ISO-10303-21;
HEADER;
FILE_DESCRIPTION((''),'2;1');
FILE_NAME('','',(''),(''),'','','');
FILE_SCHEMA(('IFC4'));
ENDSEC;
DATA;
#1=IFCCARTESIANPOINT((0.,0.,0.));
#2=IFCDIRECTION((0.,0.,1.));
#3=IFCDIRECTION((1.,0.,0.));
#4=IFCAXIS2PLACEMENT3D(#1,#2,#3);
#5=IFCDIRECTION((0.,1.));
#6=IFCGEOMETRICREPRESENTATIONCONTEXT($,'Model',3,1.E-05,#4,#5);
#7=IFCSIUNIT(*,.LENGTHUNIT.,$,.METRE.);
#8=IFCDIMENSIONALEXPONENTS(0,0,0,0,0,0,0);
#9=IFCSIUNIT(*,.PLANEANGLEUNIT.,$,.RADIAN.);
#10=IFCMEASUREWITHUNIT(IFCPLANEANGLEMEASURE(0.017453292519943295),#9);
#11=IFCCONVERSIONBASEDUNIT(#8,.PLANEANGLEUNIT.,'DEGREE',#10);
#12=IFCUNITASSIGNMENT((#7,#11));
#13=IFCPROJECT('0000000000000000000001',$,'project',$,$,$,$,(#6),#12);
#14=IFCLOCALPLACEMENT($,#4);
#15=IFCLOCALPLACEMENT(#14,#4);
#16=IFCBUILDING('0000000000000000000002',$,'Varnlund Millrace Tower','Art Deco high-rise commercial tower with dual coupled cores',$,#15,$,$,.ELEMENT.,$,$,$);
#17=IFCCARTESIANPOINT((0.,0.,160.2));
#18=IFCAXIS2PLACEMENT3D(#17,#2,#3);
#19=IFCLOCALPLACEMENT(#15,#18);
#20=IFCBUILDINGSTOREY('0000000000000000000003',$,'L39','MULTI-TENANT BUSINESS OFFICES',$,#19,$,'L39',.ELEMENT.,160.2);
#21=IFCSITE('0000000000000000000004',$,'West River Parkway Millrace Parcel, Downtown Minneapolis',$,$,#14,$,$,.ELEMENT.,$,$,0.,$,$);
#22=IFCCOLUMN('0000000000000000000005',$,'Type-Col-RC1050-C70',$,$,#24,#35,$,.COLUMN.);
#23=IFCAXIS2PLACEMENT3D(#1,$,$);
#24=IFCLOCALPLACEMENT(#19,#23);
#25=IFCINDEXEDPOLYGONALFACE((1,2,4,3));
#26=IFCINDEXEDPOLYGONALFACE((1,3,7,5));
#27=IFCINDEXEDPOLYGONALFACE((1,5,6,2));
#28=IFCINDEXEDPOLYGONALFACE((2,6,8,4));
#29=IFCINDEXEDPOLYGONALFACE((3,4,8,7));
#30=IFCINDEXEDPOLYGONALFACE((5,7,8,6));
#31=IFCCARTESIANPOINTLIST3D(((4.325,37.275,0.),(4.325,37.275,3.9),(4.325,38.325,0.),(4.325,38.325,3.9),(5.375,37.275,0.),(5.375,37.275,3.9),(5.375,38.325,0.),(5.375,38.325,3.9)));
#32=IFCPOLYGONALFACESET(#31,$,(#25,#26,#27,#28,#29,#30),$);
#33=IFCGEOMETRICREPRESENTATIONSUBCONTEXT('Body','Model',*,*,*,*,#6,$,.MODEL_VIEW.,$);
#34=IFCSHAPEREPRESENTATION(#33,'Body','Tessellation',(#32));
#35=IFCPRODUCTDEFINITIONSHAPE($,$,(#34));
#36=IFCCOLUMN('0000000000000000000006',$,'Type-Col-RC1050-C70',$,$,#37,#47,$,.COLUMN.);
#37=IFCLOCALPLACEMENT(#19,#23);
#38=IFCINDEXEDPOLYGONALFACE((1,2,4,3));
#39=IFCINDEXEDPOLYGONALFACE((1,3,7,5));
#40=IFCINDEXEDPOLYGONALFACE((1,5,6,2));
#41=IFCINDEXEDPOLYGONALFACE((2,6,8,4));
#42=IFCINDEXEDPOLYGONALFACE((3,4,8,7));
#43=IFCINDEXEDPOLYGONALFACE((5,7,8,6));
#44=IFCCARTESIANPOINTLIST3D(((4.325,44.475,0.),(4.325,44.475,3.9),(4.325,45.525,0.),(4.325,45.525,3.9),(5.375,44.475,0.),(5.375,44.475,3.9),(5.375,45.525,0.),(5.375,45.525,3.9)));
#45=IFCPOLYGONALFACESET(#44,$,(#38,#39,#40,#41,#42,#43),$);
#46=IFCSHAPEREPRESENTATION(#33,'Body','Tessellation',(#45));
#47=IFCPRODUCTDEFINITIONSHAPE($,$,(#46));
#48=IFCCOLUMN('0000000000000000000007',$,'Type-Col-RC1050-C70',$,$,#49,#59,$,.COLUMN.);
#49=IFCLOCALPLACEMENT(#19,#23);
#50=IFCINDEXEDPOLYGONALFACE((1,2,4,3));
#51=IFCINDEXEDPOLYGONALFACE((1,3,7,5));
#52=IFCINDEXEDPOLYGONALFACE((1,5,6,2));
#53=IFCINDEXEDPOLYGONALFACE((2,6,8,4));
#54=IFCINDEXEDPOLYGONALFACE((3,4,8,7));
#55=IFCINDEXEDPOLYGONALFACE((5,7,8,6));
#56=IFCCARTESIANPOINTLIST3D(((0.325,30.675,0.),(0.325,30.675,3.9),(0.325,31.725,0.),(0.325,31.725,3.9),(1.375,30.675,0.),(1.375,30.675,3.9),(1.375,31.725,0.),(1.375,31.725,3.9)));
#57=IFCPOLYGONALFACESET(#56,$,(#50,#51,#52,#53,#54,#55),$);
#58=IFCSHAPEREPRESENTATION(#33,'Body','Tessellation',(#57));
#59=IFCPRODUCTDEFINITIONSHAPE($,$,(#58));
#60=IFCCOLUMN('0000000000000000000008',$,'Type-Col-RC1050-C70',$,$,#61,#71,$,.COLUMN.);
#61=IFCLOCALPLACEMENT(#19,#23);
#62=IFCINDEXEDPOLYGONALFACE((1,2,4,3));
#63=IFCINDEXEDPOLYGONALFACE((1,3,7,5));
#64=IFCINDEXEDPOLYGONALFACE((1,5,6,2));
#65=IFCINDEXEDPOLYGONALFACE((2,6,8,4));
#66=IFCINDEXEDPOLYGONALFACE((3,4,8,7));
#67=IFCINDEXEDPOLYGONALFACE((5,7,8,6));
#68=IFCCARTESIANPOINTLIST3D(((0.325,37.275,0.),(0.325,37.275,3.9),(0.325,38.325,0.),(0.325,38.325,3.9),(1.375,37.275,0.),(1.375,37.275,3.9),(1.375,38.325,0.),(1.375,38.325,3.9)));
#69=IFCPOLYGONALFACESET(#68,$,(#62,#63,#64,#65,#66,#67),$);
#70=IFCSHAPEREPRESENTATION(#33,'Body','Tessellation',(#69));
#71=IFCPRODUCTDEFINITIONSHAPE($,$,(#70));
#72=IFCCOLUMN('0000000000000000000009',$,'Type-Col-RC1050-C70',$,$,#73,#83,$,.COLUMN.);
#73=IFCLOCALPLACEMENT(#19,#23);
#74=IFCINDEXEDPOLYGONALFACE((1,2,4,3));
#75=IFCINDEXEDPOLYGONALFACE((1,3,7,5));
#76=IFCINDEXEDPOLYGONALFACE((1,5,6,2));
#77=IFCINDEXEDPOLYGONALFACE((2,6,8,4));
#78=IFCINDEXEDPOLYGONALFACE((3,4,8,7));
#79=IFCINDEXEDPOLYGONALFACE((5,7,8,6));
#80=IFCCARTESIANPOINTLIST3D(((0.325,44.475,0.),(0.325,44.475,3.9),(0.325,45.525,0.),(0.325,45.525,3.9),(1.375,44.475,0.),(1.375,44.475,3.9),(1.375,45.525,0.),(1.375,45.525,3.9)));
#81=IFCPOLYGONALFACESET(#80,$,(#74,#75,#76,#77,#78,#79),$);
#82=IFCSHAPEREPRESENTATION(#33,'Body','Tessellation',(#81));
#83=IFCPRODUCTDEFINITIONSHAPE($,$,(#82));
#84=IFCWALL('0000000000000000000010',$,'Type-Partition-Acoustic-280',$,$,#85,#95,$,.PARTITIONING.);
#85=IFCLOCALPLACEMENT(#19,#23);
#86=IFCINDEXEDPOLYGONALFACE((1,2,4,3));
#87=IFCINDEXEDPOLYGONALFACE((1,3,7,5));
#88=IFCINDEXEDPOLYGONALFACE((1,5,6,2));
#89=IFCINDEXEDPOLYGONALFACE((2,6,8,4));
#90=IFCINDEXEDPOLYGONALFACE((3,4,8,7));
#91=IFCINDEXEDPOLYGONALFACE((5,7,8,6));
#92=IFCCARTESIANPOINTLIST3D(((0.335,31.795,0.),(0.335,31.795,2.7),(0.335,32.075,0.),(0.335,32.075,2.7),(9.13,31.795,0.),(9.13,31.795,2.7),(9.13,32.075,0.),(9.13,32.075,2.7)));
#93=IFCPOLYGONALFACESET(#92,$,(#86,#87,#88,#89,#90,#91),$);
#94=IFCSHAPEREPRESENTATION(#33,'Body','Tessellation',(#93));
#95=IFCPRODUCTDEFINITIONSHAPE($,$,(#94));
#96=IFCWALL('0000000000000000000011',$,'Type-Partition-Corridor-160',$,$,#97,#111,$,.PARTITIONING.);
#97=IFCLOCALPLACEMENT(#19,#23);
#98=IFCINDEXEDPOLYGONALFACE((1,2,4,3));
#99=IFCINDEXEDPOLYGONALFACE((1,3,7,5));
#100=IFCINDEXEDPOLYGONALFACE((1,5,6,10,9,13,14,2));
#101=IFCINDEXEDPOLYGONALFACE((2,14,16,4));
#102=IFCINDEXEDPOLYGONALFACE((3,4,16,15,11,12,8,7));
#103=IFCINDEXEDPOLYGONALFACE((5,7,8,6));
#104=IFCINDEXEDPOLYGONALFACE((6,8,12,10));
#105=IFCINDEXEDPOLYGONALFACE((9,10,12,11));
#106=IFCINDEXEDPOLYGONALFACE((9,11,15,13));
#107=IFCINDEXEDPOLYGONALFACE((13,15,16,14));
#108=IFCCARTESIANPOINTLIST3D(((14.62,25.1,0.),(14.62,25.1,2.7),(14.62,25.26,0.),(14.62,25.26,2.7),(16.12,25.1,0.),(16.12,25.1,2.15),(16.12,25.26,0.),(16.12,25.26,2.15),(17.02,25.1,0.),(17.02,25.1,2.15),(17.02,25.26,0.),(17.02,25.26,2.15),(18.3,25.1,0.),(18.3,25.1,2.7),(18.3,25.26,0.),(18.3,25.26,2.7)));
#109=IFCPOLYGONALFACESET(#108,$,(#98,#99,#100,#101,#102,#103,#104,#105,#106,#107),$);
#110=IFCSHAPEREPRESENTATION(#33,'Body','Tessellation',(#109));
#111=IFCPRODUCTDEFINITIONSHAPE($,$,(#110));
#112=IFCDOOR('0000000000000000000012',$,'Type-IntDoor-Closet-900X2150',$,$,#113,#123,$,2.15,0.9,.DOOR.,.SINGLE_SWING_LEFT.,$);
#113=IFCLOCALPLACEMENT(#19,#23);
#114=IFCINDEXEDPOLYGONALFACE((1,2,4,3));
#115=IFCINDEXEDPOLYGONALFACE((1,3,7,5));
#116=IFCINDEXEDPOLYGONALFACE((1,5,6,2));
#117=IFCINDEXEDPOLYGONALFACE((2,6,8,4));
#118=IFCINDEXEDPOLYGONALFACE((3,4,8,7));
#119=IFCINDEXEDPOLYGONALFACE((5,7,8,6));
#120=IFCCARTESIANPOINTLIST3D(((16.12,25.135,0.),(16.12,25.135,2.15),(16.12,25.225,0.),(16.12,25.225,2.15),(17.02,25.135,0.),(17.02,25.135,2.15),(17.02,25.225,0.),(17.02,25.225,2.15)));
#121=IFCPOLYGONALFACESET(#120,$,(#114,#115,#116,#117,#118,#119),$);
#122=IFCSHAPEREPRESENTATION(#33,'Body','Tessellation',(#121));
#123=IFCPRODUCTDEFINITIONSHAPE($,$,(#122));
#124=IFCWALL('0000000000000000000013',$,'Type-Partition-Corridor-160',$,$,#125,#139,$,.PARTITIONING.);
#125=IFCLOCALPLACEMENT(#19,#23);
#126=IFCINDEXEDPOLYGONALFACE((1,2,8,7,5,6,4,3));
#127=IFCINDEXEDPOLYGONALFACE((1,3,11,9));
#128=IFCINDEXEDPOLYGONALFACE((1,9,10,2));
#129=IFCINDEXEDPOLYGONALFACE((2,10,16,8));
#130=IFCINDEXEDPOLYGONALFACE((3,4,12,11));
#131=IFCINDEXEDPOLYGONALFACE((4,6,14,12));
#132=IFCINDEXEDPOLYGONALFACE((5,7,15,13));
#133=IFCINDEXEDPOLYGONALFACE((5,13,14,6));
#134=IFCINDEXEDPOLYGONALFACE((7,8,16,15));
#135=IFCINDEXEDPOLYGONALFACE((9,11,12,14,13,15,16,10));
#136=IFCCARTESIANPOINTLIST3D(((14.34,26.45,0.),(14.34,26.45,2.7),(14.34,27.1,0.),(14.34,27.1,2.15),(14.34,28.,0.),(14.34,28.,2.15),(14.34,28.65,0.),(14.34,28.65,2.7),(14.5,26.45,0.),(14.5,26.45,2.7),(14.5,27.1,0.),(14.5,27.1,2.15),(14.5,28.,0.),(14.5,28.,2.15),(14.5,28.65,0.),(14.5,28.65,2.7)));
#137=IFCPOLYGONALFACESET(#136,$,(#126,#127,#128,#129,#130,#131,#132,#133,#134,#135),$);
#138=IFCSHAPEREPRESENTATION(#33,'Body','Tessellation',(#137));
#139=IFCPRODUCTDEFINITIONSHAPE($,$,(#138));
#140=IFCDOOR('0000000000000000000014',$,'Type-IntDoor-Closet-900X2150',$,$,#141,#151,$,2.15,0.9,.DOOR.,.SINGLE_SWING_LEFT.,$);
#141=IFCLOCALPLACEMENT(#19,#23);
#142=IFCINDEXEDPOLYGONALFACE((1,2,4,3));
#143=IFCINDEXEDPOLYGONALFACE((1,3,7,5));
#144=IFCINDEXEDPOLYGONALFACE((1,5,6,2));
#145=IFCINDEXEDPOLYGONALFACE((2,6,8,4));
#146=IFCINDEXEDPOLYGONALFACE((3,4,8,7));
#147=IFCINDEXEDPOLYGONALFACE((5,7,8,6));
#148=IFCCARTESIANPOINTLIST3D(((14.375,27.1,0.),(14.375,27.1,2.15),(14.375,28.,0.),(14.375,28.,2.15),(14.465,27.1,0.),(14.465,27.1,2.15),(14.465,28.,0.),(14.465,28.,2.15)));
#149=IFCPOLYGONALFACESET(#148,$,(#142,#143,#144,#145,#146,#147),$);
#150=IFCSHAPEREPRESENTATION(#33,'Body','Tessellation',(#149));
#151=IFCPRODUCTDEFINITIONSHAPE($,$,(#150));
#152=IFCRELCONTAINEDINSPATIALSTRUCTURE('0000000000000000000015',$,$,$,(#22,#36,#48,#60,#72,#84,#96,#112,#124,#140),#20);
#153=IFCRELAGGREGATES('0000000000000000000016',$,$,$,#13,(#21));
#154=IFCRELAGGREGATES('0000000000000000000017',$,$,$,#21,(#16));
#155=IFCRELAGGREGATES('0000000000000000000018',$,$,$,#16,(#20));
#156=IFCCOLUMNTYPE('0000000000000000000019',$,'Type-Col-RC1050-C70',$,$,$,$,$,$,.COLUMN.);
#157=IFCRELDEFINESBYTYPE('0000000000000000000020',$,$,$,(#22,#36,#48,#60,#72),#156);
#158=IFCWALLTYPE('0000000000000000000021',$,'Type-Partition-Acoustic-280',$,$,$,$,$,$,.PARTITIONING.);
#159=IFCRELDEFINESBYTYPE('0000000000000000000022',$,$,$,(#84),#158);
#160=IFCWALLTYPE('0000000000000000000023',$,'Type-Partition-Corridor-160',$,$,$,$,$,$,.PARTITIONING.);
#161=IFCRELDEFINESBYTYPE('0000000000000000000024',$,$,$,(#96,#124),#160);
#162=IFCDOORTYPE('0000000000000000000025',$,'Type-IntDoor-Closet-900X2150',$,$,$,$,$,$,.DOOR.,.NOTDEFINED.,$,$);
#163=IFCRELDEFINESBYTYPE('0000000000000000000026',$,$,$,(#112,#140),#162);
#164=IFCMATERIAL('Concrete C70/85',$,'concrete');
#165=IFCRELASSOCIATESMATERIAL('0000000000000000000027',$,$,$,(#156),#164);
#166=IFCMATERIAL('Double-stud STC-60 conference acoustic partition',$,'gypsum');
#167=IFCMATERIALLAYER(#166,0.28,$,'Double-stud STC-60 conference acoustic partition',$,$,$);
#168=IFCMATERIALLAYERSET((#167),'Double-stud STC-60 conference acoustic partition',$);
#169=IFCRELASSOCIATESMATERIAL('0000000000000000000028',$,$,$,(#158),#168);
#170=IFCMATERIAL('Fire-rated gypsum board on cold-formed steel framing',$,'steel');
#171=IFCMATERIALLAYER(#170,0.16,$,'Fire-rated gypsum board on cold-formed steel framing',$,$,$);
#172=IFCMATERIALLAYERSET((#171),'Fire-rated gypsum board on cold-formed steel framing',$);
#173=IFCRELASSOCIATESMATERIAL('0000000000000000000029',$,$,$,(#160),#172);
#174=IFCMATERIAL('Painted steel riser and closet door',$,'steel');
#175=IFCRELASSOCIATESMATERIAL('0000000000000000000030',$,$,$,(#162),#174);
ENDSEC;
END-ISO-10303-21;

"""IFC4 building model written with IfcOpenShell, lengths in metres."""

from ifc_helpers import new_model, entity, si_unit, converted_unit, direction, frame, origin_with_axes, origin_2d_with_axis, place, context, subcontext, project, spatial, polyline, rectangle, outline, extrude, material, layer, layer_set, material_profile, profile_set, type_object, element, fill, save


model = new_model("IFC4")

# Units and contexts
model_context = context("Model", 3, precision=1e-05, world=origin_with_axes(), true_north=direction((0.0, 1.0)))
body_context = subcontext(model_context, "Body", "Model", "MODEL_VIEW")
ifc_project = project(units=[si_unit("LENGTHUNIT", "METRE"), converted_unit("PLANEANGLEUNIT", "DEGREE", entity("IfcPlaneAngleMeasure", 0.017453292519943295), si_unit("PLANEANGLEUNIT", "RADIAN"), dimensions=[0, 0, 0, 0, 0, 0, 0])], contexts=[model_context])

# Site, building, storey
site_placement = place(None, origin_with_axes())
site = spatial("IfcSite", under=ifc_project, at=site_placement, Name="West River Parkway Millrace Parcel, Downtown Minneapolis", CompositionType="ELEMENT", RefElevation=0.0)
building_placement = place(site_placement, origin_with_axes())
building = spatial("IfcBuilding", under=site, at=building_placement, Name="Varnlund Millrace Tower", Description="Art Deco high-rise commercial tower with dual coupled cores", CompositionType="ELEMENT")
storey_placement = place(building_placement, frame((0.0, 0.0, 160.2), z_axis=(0.0, 0.0, 1.0), x_axis=(1.0, 0.0, 0.0)))
storey = spatial("IfcBuildingStorey", under=building, at=storey_placement, Name="L39", Description="MULTI-TENANT BUSINESS OFFICES", LongName="L39", CompositionType="ELEMENT", Elevation=160.2)

# Columns
ifc_material_1 = material(Name="Concrete C70/85", Category="concrete")
ifc_material_profile = material_profile(ifc_material_1, rectangle(XDim=1.05, YDim=1.05, at=origin_2d_with_axis()), Name="Concrete C70/85")
ifc_profile_set = profile_set([ifc_material_profile], Name="Concrete C70/85")
column_type = type_object("IfcColumnType", Name="Type-Col-RC1050-C70", PredefinedType="COLUMN", material=ifc_profile_set)
for number, where, z_axis, x_axis, name in (
    (1, (4.85, 37.8, 0.0), (0.0, 0.0, 1.0), (1.0, 0.0, 0.0), "Type-Col-RC1050-C70"),
    (2, (4.85, 45.0, 0.0), (0.0, 0.0, 1.0), (1.0, 0.0, 0.0), "Type-Col-RC1050-C70"),
    (3, (0.85, 31.2, 0.0), (0.0, 0.0, 1.0), (1.0, 0.0, 0.0), "Type-Col-RC1050-C70"),
    (4, (0.85, 37.8, 0.0), (0.0, 0.0, 1.0), (1.0, 0.0, 0.0), "Type-Col-RC1050-C70"),
    (5, (0.85, 45.0, 0.0), (0.0, 0.0, 1.0), (1.0, 0.0, 0.0), "Type-Col-RC1050-C70"),
):
    element("IfcColumn", number, at=place(storey_placement, frame(where, z_axis=z_axis, x_axis=x_axis)), inside=storey, type_object=column_type, Name=name, PredefinedType="COLUMN", context=body_context, shape_type="SweptSolid", body=[
        extrude(rectangle(XDim=1.05, YDim=1.05, at=origin_2d_with_axis()), origin_with_axes(), (0.0, 0.0, 1.0), 3.9),
    ])

# Wall
ifc_material_2 = material(Name="Double-stud STC-60 conference acoustic partition", Category="gypsum")
ifc_layer_1 = layer(ifc_material_2, 0.28, Name="Double-stud STC-60 conference acoustic partition")
ifc_layer_set_1 = layer_set([ifc_layer_1], Name="Double-stud STC-60 conference acoustic partition")
wall_type_1 = type_object("IfcWallType", Name="Type-Partition-Acoustic-280", PredefinedType="PARTITIONING", material=ifc_layer_set_1)
wall_1_placement = place(storey_placement, frame((0.335, 31.935, 0.0), z_axis=(0.0, 0.0, 1.0), x_axis=(1.0, 0.0, 0.0)))
element("IfcWall", 6, at=wall_1_placement, inside=storey, type_object=wall_type_1, Name="Type-Partition-Acoustic-280", PredefinedType="PARTITIONING", context=body_context, shape_type="SweptSolid", body=[
    extrude(outline(polyline([(0.0, -0.14), (8.795, -0.14), (8.795, 0.14), (0.0, 0.14), (0.0, -0.14)])), origin_with_axes(), (0.0, 0.0, 1.0), 2.7),
])

# Walls, openings, doors
ifc_material_3 = material(Name="Fire-rated gypsum board on cold-formed steel framing", Category="steel")
ifc_layer_2 = layer(ifc_material_3, 0.16, Name="Fire-rated gypsum board on cold-formed steel framing")
ifc_layer_set_2 = layer_set([ifc_layer_2], Name="Fire-rated gypsum board on cold-formed steel framing")
wall_type_2 = type_object("IfcWallType", Name="Type-Partition-Corridor-160", PredefinedType="PARTITIONING", material=ifc_layer_set_2)
wall_2_placement = place(storey_placement, frame((14.62, 25.18, 0.0), z_axis=(0.0, 0.0, 1.0), x_axis=(1.0, 0.0, 0.0)))
wall_2 = element("IfcWall", 7, at=wall_2_placement, inside=storey, type_object=wall_type_2, Name="Type-Partition-Corridor-160", PredefinedType="PARTITIONING", context=body_context, shape_type="SweptSolid", body=[
    extrude(outline(polyline([(0.0, -0.08), (3.68, -0.08), (3.68, 0.08), (0.0, 0.08), (0.0, -0.08)])), origin_with_axes(), (0.0, 0.0, 1.0), 2.7),
])
opening_1_placement = place(wall_2_placement, frame((1.95, 0.0, 0.0), z_axis=(0.0, 0.0, 1.0), x_axis=(1.0, 0.0, 0.0)))
opening_1 = element("IfcOpeningElement", 8, at=opening_1_placement, cuts=wall_2, PredefinedType="OPENING", context=body_context, shape_type="SweptSolid", body=[
    extrude(rectangle(XDim=0.9, YDim=0.18, at=origin_2d_with_axis()), origin_with_axes(), (0.0, 0.0, 1.0), 2.15),
])
ifc_material_4 = material(Name="Painted steel riser and closet door", Category="steel")
door_type_1 = type_object("IfcDoorType", Name="Type-IntDoor-Closet-900X2150", OperationType="NOTDEFINED", PredefinedType="DOOR", material=ifc_material_4)
door_1_placement = place(wall_2_placement, frame((1.95, 0.0, 0.0), z_axis=(0.0, 0.0, 1.0), x_axis=(1.0, 0.0, 0.0)))
door_1 = element("IfcDoor", 9, at=door_1_placement, inside=storey, type_object=door_type_1, Name="Type-IntDoor-Closet-900X2150", OperationType="SINGLE_SWING_LEFT", OverallHeight=2.15, OverallWidth=0.9, PredefinedType="DOOR", context=body_context, shape_type="SweptSolid", body=[
    extrude(rectangle(XDim=0.9, YDim=0.09, at=origin_2d_with_axis()), origin_with_axes(), (0.0, 0.0, 1.0), 2.15),
])
fill(opening_1, door_1)
wall_3_placement = place(storey_placement, frame((14.42, 26.45, 0.0), z_axis=(0.0, 0.0, 1.0), x_axis=(0.0, 1.0, 0.0)))
wall_3 = element("IfcWall", 10, at=wall_3_placement, inside=storey, type_object=wall_type_2, Name="Type-Partition-Corridor-160", PredefinedType="PARTITIONING", context=body_context, shape_type="SweptSolid", body=[
    extrude(outline(polyline([(0.0, -0.08), (2.2, -0.08), (2.2, 0.08), (0.0, 0.08), (0.0, -0.08)])), origin_with_axes(), (0.0, 0.0, 1.0), 2.7),
])
opening_2_placement = place(wall_3_placement, frame((1.1, 0.0, 0.0), z_axis=(0.0, 0.0, 1.0), x_axis=(1.0, 0.0, 0.0)))
opening_2 = element("IfcOpeningElement", 11, at=opening_2_placement, cuts=wall_3, PredefinedType="OPENING", context=body_context, shape_type="SweptSolid", body=[
    extrude(rectangle(XDim=0.9, YDim=0.18, at=origin_2d_with_axis()), origin_with_axes(), (0.0, 0.0, 1.0), 2.15),
])
door_2_placement = place(wall_3_placement, frame((1.1, 0.0, 0.0), z_axis=(0.0, 0.0, 1.0), x_axis=(1.0, 0.0, 0.0)))
door_2 = element("IfcDoor", 12, at=door_2_placement, inside=storey, type_object=door_type_1, Name="Type-IntDoor-Closet-900X2150", OperationType="SINGLE_SWING_LEFT", OverallHeight=2.15, OverallWidth=0.9, PredefinedType="DOOR", context=body_context, shape_type="SweptSolid", body=[
    extrude(rectangle(XDim=0.9, YDim=0.09, at=origin_2d_with_axis()), origin_with_axes(), (0.0, 0.0, 1.0), 2.15),
])
fill(opening_2, door_2)

save(model, "model.ifc")
